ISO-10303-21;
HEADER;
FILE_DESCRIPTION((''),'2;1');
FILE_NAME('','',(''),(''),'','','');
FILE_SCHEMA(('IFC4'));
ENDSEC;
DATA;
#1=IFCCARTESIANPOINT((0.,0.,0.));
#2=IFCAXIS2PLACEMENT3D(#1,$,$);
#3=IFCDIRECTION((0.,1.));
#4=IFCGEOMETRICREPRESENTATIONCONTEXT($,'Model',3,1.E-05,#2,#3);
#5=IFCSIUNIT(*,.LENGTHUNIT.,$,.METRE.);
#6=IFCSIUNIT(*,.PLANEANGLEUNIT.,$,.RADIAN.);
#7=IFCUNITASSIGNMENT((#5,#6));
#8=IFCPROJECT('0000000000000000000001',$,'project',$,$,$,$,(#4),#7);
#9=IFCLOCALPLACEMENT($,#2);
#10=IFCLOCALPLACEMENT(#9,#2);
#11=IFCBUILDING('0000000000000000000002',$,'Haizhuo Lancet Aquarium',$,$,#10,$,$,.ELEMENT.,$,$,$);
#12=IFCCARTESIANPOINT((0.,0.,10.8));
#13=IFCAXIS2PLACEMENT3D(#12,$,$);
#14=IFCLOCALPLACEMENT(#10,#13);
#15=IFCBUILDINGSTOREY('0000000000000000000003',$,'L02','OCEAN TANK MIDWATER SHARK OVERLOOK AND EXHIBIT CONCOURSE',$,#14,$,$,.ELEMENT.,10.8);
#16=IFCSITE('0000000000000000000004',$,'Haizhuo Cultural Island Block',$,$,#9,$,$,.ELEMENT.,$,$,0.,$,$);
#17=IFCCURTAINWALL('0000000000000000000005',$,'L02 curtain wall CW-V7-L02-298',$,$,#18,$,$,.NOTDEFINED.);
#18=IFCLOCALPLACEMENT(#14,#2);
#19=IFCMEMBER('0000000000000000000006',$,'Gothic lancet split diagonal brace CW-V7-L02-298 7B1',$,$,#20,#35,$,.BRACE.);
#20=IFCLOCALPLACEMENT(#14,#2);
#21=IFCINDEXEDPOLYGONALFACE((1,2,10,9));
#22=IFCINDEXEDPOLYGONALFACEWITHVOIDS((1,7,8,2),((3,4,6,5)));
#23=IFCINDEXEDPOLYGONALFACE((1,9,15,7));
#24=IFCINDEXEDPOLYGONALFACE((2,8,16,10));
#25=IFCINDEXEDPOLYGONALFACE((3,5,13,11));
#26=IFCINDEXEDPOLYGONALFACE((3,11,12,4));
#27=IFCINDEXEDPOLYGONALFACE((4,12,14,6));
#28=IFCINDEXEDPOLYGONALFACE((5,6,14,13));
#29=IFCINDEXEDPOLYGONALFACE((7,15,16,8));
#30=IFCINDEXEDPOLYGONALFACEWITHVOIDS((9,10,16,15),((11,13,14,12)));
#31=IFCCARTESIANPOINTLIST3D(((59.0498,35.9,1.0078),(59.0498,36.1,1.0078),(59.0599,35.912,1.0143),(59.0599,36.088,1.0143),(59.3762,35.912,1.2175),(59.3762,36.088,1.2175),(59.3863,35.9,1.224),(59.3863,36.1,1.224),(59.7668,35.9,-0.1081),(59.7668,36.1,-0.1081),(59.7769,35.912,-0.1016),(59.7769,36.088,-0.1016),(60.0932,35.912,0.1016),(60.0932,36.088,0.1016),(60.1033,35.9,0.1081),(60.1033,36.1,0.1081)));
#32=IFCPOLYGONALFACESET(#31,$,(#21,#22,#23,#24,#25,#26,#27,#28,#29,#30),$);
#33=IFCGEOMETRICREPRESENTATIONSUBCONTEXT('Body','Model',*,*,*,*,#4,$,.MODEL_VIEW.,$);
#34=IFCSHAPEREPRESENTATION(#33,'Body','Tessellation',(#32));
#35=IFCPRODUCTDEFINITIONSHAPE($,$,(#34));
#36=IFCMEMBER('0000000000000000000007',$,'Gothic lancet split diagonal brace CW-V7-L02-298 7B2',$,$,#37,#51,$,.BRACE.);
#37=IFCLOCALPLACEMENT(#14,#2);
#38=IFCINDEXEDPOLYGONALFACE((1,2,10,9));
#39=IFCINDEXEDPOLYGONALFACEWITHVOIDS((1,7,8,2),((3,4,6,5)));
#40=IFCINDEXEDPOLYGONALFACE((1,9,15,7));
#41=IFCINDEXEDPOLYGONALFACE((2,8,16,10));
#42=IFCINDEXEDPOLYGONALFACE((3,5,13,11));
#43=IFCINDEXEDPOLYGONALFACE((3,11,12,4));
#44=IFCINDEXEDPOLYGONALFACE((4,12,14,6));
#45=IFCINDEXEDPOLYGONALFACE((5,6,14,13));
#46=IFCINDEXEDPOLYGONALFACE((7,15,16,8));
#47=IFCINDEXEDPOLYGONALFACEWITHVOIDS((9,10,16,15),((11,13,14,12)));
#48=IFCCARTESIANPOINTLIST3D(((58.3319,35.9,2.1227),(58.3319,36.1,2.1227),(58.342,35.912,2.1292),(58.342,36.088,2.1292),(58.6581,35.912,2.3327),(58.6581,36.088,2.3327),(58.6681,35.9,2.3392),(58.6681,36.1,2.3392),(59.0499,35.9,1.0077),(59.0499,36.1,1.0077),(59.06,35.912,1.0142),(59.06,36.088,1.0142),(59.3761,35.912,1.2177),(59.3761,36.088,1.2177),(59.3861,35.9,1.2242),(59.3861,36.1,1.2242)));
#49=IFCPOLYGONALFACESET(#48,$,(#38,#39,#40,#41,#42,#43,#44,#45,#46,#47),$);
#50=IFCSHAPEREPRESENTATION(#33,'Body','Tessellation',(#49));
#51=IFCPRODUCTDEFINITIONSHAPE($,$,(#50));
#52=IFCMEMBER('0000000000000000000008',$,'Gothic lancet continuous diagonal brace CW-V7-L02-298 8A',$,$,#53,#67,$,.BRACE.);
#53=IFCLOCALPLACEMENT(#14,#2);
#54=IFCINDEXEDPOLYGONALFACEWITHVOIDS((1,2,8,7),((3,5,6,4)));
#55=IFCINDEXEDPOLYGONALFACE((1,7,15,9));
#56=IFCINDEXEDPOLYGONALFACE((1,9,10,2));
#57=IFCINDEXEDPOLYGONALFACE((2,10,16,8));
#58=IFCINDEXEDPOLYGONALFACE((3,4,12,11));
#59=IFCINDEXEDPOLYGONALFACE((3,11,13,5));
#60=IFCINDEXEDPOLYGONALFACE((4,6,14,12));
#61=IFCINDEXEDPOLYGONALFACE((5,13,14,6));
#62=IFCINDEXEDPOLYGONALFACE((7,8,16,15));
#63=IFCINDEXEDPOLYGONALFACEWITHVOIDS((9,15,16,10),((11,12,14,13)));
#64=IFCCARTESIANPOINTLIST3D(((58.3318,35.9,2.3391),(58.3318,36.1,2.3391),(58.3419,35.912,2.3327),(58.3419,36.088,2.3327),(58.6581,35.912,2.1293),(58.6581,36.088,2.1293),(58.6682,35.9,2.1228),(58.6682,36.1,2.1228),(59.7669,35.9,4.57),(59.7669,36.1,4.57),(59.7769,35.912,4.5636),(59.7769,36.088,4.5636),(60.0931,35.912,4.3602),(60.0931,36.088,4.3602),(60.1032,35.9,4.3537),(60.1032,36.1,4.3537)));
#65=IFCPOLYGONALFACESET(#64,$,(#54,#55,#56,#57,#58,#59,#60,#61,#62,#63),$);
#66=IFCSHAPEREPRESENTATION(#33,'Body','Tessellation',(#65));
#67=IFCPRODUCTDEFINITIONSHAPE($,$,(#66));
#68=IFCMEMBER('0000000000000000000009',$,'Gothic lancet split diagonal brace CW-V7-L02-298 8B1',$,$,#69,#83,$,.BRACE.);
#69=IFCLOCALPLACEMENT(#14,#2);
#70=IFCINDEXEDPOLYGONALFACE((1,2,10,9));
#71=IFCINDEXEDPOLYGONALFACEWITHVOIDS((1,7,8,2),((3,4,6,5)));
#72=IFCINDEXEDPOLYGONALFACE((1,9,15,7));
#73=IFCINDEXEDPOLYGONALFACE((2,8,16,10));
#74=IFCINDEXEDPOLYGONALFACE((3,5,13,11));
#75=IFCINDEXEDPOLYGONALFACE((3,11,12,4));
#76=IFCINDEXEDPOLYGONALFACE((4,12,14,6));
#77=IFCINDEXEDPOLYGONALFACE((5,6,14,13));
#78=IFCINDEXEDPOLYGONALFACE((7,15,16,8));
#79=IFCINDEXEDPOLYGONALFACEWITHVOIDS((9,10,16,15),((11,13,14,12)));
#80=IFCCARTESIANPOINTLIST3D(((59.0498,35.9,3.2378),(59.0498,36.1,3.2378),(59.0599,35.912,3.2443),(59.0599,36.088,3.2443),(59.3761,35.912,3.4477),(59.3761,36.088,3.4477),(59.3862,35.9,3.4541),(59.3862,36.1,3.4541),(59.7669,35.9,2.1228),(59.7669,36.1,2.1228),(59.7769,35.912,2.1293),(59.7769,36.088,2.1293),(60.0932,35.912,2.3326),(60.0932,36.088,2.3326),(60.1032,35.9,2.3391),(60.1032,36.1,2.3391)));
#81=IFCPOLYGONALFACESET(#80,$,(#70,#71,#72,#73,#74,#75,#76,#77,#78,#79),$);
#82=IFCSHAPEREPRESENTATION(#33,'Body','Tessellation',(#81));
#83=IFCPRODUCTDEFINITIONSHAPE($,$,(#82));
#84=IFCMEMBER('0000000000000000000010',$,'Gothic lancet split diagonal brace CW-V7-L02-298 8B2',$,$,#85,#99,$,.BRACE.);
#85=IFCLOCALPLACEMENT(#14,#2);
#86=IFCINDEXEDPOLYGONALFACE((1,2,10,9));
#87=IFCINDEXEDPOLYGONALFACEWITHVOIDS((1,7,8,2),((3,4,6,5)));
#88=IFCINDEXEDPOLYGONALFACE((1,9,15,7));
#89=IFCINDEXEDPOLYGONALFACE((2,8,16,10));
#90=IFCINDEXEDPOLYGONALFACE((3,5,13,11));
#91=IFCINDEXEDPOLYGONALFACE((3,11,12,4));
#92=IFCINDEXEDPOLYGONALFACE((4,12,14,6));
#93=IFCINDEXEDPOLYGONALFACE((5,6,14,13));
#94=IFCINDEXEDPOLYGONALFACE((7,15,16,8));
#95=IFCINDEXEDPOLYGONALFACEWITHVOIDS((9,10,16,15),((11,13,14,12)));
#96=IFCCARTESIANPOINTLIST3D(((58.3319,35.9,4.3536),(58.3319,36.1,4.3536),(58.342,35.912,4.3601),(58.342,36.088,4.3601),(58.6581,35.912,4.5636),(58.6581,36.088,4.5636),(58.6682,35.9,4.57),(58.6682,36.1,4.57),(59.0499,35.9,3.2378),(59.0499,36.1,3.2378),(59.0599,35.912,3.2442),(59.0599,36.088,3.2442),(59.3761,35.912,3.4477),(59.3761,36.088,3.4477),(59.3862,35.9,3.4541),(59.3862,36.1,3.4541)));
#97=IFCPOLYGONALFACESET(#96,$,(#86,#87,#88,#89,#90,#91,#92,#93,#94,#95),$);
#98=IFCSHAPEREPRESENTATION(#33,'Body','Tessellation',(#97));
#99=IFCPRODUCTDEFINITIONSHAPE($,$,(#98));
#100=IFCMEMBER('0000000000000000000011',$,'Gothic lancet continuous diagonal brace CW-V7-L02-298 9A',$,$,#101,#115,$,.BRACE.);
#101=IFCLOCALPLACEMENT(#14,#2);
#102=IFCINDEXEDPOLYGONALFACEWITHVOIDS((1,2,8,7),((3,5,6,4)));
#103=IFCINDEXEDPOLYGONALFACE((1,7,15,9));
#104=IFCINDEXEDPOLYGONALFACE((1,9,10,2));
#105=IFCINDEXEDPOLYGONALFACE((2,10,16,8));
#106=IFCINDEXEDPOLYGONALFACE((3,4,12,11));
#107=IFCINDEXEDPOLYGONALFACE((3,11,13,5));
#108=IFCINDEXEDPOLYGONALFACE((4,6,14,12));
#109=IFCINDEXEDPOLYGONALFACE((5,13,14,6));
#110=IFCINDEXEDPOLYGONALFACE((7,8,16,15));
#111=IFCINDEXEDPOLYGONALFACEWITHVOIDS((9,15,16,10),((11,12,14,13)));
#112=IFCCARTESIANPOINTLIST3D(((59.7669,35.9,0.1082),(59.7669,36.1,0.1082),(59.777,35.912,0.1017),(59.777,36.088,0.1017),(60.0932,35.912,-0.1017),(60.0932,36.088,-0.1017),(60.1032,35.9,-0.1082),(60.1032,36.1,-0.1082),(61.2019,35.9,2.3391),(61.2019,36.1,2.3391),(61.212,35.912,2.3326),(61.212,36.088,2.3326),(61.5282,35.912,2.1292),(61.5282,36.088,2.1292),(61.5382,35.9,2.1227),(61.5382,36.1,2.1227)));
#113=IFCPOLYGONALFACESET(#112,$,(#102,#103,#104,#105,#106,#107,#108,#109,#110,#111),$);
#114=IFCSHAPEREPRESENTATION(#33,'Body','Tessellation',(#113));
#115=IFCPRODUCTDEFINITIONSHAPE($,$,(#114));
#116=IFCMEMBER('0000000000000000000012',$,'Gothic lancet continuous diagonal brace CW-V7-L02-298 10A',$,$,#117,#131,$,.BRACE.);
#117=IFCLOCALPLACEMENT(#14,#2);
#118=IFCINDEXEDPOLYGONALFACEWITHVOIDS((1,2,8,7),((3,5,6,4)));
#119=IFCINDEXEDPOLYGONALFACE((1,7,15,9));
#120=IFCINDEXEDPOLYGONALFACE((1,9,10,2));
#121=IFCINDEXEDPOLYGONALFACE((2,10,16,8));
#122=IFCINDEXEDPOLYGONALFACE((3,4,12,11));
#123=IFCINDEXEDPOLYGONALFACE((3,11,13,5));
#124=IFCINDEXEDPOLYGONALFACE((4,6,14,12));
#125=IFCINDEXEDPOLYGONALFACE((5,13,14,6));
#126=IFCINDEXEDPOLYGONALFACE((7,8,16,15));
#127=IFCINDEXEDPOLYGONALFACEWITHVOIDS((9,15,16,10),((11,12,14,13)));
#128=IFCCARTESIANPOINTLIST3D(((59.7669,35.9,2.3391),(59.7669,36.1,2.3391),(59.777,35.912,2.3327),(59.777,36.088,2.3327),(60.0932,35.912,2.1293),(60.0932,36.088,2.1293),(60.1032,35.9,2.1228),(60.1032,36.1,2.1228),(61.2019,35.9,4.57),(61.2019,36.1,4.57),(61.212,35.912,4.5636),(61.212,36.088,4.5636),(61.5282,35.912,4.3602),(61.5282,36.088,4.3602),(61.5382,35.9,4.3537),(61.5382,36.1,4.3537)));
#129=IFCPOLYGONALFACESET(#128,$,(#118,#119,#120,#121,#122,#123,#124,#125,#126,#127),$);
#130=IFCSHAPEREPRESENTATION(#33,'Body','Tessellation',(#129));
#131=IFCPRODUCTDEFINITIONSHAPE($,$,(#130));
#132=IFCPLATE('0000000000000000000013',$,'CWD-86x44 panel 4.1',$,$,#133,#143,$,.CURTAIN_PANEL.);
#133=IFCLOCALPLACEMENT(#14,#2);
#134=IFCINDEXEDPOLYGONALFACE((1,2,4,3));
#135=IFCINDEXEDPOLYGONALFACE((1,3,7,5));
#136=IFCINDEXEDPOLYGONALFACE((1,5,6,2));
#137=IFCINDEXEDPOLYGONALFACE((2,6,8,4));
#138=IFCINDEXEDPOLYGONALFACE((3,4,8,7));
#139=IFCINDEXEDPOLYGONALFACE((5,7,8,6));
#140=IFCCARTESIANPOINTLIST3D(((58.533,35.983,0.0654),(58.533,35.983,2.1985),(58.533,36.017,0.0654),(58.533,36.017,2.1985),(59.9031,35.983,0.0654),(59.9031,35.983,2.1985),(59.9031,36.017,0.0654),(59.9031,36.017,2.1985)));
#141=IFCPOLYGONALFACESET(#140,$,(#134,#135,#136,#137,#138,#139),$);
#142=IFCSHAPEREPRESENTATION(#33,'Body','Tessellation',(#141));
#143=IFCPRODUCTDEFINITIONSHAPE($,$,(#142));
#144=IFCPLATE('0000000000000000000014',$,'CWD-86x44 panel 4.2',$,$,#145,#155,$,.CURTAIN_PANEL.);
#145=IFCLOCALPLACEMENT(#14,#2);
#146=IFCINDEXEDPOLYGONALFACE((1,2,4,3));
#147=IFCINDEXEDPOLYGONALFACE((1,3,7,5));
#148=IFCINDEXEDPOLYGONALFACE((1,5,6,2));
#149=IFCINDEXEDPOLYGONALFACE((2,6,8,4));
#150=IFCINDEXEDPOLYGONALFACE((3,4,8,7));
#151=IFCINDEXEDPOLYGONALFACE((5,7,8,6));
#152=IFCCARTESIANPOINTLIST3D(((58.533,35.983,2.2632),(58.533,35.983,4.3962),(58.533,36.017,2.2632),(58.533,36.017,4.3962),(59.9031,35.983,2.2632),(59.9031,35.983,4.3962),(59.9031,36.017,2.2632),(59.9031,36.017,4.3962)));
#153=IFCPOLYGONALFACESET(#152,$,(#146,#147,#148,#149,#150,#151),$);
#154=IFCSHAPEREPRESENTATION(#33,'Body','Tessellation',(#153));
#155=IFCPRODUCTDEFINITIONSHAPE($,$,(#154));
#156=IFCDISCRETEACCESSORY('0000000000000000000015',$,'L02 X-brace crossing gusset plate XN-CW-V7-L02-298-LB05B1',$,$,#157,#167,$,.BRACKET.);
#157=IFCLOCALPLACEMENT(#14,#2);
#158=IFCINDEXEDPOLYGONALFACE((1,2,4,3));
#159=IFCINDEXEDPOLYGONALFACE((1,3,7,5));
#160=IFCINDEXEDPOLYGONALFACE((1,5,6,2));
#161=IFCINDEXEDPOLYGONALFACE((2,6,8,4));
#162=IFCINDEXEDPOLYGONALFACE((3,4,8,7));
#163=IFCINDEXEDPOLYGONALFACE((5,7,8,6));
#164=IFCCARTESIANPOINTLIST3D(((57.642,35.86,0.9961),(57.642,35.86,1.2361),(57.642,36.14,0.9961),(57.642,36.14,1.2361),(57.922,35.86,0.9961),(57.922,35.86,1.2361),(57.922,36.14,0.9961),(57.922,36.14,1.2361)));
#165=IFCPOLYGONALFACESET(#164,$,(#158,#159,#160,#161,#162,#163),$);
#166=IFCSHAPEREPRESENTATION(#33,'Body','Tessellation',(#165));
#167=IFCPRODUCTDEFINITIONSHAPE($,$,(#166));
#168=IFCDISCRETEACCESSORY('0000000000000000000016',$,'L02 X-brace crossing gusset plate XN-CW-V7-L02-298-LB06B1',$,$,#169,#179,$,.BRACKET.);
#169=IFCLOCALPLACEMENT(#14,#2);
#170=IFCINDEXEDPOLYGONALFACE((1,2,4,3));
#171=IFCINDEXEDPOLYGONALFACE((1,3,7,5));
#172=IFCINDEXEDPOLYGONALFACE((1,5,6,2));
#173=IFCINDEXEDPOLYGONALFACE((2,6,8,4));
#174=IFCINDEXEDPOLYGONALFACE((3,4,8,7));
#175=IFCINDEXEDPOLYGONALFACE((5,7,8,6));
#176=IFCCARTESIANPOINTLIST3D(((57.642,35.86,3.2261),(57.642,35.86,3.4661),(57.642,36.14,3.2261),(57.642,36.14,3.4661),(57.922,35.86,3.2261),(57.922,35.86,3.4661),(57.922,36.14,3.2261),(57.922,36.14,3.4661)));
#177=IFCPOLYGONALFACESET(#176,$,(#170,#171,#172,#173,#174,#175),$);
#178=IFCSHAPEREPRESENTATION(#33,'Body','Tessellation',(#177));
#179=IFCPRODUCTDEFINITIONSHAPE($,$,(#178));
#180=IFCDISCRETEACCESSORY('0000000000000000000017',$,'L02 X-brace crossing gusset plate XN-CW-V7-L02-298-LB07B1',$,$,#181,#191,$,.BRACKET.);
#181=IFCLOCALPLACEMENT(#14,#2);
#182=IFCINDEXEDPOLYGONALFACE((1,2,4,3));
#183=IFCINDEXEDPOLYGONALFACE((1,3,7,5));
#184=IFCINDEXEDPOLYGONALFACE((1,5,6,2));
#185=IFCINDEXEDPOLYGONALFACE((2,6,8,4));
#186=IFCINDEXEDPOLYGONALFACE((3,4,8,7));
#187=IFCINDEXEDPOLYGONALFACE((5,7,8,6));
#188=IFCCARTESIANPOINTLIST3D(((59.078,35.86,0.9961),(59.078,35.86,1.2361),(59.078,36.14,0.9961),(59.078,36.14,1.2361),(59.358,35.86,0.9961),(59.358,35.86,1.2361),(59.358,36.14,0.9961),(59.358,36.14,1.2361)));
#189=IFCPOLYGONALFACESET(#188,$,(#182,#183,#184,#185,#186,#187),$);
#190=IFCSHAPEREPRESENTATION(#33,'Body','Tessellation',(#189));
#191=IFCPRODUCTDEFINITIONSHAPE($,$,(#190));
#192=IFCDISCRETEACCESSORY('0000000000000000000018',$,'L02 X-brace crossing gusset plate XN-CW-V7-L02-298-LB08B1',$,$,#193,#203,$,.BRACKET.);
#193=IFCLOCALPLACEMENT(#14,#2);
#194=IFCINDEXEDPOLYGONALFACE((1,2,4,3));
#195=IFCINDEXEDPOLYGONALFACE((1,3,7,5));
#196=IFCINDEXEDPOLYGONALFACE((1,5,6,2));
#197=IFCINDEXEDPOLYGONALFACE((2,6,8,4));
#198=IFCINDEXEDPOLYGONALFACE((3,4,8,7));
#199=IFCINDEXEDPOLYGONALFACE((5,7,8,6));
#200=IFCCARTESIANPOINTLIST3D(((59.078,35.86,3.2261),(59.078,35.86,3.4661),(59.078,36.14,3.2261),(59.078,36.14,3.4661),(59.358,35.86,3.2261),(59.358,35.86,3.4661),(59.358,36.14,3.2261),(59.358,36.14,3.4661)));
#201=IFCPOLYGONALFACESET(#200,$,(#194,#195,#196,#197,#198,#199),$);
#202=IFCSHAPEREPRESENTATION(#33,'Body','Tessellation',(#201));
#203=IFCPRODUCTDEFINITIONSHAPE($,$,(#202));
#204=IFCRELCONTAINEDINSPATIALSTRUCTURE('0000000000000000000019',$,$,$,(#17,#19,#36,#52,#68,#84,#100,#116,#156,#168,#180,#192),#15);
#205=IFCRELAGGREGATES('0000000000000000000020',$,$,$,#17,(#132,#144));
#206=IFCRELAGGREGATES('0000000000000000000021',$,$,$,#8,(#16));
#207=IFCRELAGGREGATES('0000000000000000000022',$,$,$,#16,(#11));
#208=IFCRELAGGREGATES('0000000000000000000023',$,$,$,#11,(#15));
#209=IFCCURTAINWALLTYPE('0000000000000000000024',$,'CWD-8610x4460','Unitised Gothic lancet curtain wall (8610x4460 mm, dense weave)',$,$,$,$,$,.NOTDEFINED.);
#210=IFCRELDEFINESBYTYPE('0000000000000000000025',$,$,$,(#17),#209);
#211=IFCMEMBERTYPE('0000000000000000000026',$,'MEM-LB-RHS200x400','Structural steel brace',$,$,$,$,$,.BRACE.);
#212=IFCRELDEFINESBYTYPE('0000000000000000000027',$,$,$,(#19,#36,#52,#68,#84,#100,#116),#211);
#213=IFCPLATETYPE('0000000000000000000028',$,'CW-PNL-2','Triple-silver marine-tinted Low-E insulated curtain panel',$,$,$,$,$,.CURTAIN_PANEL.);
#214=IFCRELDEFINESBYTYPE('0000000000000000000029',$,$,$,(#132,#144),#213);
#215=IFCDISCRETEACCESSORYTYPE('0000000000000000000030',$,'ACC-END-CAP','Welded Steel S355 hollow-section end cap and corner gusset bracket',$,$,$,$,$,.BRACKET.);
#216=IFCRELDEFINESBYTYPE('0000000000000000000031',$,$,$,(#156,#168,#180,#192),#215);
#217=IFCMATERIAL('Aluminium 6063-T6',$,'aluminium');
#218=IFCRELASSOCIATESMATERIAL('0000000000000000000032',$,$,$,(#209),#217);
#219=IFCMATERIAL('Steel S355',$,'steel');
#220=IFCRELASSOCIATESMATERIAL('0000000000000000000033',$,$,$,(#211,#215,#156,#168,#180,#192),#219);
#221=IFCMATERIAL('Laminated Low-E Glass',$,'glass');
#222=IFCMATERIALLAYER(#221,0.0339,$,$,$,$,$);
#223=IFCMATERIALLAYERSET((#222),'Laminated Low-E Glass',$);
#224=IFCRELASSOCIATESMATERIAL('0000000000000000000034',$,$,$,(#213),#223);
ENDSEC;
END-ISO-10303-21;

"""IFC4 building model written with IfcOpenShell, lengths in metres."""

from ifc_helpers import new_model, si_unit, direction, frame, origin, origin_2d, place, context, subcontext, project, spatial, rectangle, hollow_rectangle, extrude, material, layer, layer_set, material_profile, profile_set, type_object, element, aggregate, save


model = new_model("IFC4")

# Units and contexts
model_context = context("Model", 3, precision=1e-05, world=origin(), true_north=direction((0.0, 1.0)))
body_context = subcontext(model_context, "Body", "Model", "MODEL_VIEW")
ifc_project = project(units=[si_unit("LENGTHUNIT", "METRE"), si_unit("PLANEANGLEUNIT", "RADIAN")], contexts=[model_context])

# Site, building, storey
site_placement = place(None, origin())
site = spatial("IfcSite", under=ifc_project, at=site_placement, Name="Haizhuo Cultural Island Block", CompositionType="ELEMENT", RefElevation=0.0)
building_placement = place(site_placement, origin())
building = spatial("IfcBuilding", under=site, at=building_placement, Name="Haizhuo Lancet Aquarium", CompositionType="ELEMENT")
storey_placement = place(building_placement, frame((0.0, 0.0, 10.8)))
storey = spatial("IfcBuildingStorey", under=building, at=storey_placement, Name="L02", Description="OCEAN TANK MIDWATER SHARK OVERLOOK AND EXHIBIT CONCOURSE", CompositionType="ELEMENT", Elevation=10.8)

# Curtain wall
ifc_material_1 = material(Name="Aluminium 6063-T6", Category="aluminium")
curtain_wall_type = type_object("IfcCurtainWallType", Name="CWD-8610x4460", Description="Unitised Gothic lancet curtain wall (8610x4460 mm, dense weave)", PredefinedType="NOTDEFINED", material=ifc_material_1)
curtain_wall_placement = place(storey_placement, origin())
curtain_wall = element("IfcCurtainWall", 1, at=curtain_wall_placement, inside=storey, type_object=curtain_wall_type, Name="L02 curtain wall CW-V7-L02-298", PredefinedType="NOTDEFINED")

# Members
ifc_material_2 = material(Name="Steel S355", Category="steel")
ifc_material_profile_1 = material_profile(ifc_material_2, hollow_rectangle(XDim=0.2, YDim=0.3999, WallThickness=0.012, at=origin_2d()), Name="RHS 200x400x12")
ifc_profile_set_1 = profile_set([ifc_material_profile_1], Name="Steel S355")
member_type_1 = type_object("IfcMemberType", Name="MEM-LB-RHS200x400", Description="Structural steel brace", PredefinedType="BRACE", material=ifc_profile_set_1)
member_1_placement = place(storey_placement, frame((59.9351, 36.0, 0.0), z_axis=(-0.540562, 0.0, 0.841304), x_axis=(0.0, -1.0, 0.0)))
element("IfcMember", 2, at=member_1_placement, inside=storey, type_object=member_type_1, Name="Gothic lancet split diagonal brace CW-V7-L02-298 7B1", PredefinedType="BRACE", context=body_context, shape_type="SweptSolid", body=[
    extrude(hollow_rectangle(XDim=0.2, YDim=0.3999, WallThickness=0.012, at=origin_2d()), origin(), (0.0, 0.0, 1.0), 1.3264),
])
member_2_placement = place(storey_placement, frame((59.218, 36.0, 1.116), z_axis=(-0.541418, 0.0, 0.840754), x_axis=(0.0, -1.0, 0.0)))
element("IfcMember", 3, at=member_2_placement, inside=storey, type_object=member_type_1, Name="Gothic lancet split diagonal brace CW-V7-L02-298 7B2", PredefinedType="BRACE", context=body_context, shape_type="SweptSolid", body=[
    extrude(hollow_rectangle(XDim=0.2, YDim=0.3999, WallThickness=0.012, at=origin_2d()), origin(), (0.0, 0.0, 1.0), 1.3262),
])
member_3_placement = place(storey_placement, frame((58.5, 36.0, 2.231), z_axis=(0.54099, 0.0, 0.841029), x_axis=(0.0, 1.0, 0.0)))
element("IfcMember", 4, at=member_3_placement, inside=storey, type_object=member_type_1, Name="Gothic lancet continuous diagonal brace CW-V7-L02-298 8A", PredefinedType="BRACE", context=body_context, shape_type="SweptSolid", body=[
    extrude(hollow_rectangle(XDim=0.2, YDim=0.3999, WallThickness=0.012, at=origin_2d()), origin(), (0.0, 0.0, 1.0), 2.6526),
])
member_4_placement = place(storey_placement, frame((59.9351, 36.0, 2.231), z_axis=(-0.540897, 0.0, 0.841089), x_axis=(0.0, -1.0, 0.0)))
element("IfcMember", 5, at=member_4_placement, inside=storey, type_object=member_type_1, Name="Gothic lancet split diagonal brace CW-V7-L02-298 8B1", PredefinedType="BRACE", context=body_context, shape_type="SweptSolid", body=[
    extrude(hollow_rectangle(XDim=0.2, YDim=0.3999, WallThickness=0.012, at=origin_2d()), origin(), (0.0, 0.0, 1.0), 1.3257),
])
member_5_placement = place(storey_placement, frame((59.218, 36.0, 3.3459), z_axis=(-0.541083, 0.0, 0.840969), x_axis=(0.0, -1.0, 0.0)))
element("IfcMember", 6, at=member_5_placement, inside=storey, type_object=member_type_1, Name="Gothic lancet split diagonal brace CW-V7-L02-298 8B2", PredefinedType="BRACE", context=body_context, shape_type="SweptSolid", body=[
    extrude(hollow_rectangle(XDim=0.2, YDim=0.3999, WallThickness=0.012, at=origin_2d()), origin(), (0.0, 0.0, 1.0), 1.3269),
])
for number, where, z_axis, x_axis, name in (
    (7, (59.9351, 36.0, 0.0), (0.54099, 0.0, 0.841029), (0.0, 1.0, 0.0), "Gothic lancet continuous diagonal brace CW-V7-L02-298 9A"),
    (8, (59.9351, 36.0, 2.231), (0.54099, 0.0, 0.841029), (0.0, 1.0, 0.0), "Gothic lancet continuous diagonal brace CW-V7-L02-298 10A"),
):
    element("IfcMember", number, at=place(storey_placement, frame(where, z_axis=z_axis, x_axis=x_axis)), inside=storey, type_object=member_type_1, Name=name, PredefinedType="BRACE", context=body_context, shape_type="SweptSolid", body=[
        extrude(hollow_rectangle(XDim=0.2, YDim=0.3999, WallThickness=0.012, at=origin_2d()), origin(), (0.0, 0.0, 1.0), 2.6526),
    ])

# Plates
ifc_material_3 = material(Name="Laminated Low-E Glass", Category="glass")
ifc_layer = layer(ifc_material_3, 0.0339)
ifc_layer_set = layer_set([ifc_layer], Name="Laminated Low-E Glass")
plate_type = type_object("IfcPlateType", Name="CW-PNL-2", Description="Triple-silver marine-tinted Low-E insulated curtain panel", PredefinedType="CURTAIN_PANEL", material=ifc_layer_set)
plate_1_placement = place(storey_placement, frame((59.218, 36.0, 0.0654), z_axis=(0.0, 0.0, 1.0), x_axis=(1.0, 0.0, 0.0)))
plate_1 = element("IfcPlate", 9, at=plate_1_placement, type_object=plate_type, Name="CWD-86x44 panel 4.1", PredefinedType="CURTAIN_PANEL", context=body_context, shape_type="SweptSolid", body=[
    extrude(rectangle(XDim=1.3701, YDim=0.0339, at=origin_2d()), origin(), (0.0, 0.0, 1.0), 2.1331),
])
plate_2_placement = place(storey_placement, frame((59.218, 36.0, 2.2632), z_axis=(0.0, 0.0, 1.0), x_axis=(1.0, 0.0, 0.0)))
plate_2 = element("IfcPlate", 10, at=plate_2_placement, type_object=plate_type, Name="CWD-86x44 panel 4.2", PredefinedType="CURTAIN_PANEL", context=body_context, shape_type="SweptSolid", body=[
    extrude(rectangle(XDim=1.3701, YDim=0.0339, at=origin_2d()), origin(), (0.0, 0.0, 1.0), 2.1331),
])
aggregate(curtain_wall, [plate_1, plate_2])

# Discrete accessories
discrete_accessory_type = type_object("IfcDiscreteAccessoryType", Name="ACC-END-CAP", Description="Welded Steel S355 hollow-section end cap and corner gusset bracket", PredefinedType="BRACKET", material=ifc_material_2)
for number, where, z_axis, x_axis, name in (
    (11, (57.782, 36.0, 0.9961), (0.0, 0.0, 1.0), (1.0, 0.0, 0.0), "L02 X-brace crossing gusset plate XN-CW-V7-L02-298-LB05B1"),
    (12, (57.782, 36.0, 3.2261), (0.0, 0.0, 1.0), (1.0, 0.0, 0.0), "L02 X-brace crossing gusset plate XN-CW-V7-L02-298-LB06B1"),
    (13, (59.218, 36.0, 0.9961), (0.0, 0.0, 1.0), (1.0, 0.0, 0.0), "L02 X-brace crossing gusset plate XN-CW-V7-L02-298-LB07B1"),
    (14, (59.218, 36.0, 3.2261), (0.0, 0.0, 1.0), (1.0, 0.0, 0.0), "L02 X-brace crossing gusset plate XN-CW-V7-L02-298-LB08B1"),
):
    element("IfcDiscreteAccessory", number, at=place(storey_placement, frame(where, z_axis=z_axis, x_axis=x_axis)), inside=storey, type_object=discrete_accessory_type, material=ifc_material_2, Name=name, PredefinedType="BRACKET", context=body_context, shape_type="SweptSolid", body=[
        extrude(rectangle(XDim=0.28, YDim=0.28, at=origin_2d()), origin(), (0.0, 0.0, 1.0), 0.24),
    ])

save(model, "model.ifc")
